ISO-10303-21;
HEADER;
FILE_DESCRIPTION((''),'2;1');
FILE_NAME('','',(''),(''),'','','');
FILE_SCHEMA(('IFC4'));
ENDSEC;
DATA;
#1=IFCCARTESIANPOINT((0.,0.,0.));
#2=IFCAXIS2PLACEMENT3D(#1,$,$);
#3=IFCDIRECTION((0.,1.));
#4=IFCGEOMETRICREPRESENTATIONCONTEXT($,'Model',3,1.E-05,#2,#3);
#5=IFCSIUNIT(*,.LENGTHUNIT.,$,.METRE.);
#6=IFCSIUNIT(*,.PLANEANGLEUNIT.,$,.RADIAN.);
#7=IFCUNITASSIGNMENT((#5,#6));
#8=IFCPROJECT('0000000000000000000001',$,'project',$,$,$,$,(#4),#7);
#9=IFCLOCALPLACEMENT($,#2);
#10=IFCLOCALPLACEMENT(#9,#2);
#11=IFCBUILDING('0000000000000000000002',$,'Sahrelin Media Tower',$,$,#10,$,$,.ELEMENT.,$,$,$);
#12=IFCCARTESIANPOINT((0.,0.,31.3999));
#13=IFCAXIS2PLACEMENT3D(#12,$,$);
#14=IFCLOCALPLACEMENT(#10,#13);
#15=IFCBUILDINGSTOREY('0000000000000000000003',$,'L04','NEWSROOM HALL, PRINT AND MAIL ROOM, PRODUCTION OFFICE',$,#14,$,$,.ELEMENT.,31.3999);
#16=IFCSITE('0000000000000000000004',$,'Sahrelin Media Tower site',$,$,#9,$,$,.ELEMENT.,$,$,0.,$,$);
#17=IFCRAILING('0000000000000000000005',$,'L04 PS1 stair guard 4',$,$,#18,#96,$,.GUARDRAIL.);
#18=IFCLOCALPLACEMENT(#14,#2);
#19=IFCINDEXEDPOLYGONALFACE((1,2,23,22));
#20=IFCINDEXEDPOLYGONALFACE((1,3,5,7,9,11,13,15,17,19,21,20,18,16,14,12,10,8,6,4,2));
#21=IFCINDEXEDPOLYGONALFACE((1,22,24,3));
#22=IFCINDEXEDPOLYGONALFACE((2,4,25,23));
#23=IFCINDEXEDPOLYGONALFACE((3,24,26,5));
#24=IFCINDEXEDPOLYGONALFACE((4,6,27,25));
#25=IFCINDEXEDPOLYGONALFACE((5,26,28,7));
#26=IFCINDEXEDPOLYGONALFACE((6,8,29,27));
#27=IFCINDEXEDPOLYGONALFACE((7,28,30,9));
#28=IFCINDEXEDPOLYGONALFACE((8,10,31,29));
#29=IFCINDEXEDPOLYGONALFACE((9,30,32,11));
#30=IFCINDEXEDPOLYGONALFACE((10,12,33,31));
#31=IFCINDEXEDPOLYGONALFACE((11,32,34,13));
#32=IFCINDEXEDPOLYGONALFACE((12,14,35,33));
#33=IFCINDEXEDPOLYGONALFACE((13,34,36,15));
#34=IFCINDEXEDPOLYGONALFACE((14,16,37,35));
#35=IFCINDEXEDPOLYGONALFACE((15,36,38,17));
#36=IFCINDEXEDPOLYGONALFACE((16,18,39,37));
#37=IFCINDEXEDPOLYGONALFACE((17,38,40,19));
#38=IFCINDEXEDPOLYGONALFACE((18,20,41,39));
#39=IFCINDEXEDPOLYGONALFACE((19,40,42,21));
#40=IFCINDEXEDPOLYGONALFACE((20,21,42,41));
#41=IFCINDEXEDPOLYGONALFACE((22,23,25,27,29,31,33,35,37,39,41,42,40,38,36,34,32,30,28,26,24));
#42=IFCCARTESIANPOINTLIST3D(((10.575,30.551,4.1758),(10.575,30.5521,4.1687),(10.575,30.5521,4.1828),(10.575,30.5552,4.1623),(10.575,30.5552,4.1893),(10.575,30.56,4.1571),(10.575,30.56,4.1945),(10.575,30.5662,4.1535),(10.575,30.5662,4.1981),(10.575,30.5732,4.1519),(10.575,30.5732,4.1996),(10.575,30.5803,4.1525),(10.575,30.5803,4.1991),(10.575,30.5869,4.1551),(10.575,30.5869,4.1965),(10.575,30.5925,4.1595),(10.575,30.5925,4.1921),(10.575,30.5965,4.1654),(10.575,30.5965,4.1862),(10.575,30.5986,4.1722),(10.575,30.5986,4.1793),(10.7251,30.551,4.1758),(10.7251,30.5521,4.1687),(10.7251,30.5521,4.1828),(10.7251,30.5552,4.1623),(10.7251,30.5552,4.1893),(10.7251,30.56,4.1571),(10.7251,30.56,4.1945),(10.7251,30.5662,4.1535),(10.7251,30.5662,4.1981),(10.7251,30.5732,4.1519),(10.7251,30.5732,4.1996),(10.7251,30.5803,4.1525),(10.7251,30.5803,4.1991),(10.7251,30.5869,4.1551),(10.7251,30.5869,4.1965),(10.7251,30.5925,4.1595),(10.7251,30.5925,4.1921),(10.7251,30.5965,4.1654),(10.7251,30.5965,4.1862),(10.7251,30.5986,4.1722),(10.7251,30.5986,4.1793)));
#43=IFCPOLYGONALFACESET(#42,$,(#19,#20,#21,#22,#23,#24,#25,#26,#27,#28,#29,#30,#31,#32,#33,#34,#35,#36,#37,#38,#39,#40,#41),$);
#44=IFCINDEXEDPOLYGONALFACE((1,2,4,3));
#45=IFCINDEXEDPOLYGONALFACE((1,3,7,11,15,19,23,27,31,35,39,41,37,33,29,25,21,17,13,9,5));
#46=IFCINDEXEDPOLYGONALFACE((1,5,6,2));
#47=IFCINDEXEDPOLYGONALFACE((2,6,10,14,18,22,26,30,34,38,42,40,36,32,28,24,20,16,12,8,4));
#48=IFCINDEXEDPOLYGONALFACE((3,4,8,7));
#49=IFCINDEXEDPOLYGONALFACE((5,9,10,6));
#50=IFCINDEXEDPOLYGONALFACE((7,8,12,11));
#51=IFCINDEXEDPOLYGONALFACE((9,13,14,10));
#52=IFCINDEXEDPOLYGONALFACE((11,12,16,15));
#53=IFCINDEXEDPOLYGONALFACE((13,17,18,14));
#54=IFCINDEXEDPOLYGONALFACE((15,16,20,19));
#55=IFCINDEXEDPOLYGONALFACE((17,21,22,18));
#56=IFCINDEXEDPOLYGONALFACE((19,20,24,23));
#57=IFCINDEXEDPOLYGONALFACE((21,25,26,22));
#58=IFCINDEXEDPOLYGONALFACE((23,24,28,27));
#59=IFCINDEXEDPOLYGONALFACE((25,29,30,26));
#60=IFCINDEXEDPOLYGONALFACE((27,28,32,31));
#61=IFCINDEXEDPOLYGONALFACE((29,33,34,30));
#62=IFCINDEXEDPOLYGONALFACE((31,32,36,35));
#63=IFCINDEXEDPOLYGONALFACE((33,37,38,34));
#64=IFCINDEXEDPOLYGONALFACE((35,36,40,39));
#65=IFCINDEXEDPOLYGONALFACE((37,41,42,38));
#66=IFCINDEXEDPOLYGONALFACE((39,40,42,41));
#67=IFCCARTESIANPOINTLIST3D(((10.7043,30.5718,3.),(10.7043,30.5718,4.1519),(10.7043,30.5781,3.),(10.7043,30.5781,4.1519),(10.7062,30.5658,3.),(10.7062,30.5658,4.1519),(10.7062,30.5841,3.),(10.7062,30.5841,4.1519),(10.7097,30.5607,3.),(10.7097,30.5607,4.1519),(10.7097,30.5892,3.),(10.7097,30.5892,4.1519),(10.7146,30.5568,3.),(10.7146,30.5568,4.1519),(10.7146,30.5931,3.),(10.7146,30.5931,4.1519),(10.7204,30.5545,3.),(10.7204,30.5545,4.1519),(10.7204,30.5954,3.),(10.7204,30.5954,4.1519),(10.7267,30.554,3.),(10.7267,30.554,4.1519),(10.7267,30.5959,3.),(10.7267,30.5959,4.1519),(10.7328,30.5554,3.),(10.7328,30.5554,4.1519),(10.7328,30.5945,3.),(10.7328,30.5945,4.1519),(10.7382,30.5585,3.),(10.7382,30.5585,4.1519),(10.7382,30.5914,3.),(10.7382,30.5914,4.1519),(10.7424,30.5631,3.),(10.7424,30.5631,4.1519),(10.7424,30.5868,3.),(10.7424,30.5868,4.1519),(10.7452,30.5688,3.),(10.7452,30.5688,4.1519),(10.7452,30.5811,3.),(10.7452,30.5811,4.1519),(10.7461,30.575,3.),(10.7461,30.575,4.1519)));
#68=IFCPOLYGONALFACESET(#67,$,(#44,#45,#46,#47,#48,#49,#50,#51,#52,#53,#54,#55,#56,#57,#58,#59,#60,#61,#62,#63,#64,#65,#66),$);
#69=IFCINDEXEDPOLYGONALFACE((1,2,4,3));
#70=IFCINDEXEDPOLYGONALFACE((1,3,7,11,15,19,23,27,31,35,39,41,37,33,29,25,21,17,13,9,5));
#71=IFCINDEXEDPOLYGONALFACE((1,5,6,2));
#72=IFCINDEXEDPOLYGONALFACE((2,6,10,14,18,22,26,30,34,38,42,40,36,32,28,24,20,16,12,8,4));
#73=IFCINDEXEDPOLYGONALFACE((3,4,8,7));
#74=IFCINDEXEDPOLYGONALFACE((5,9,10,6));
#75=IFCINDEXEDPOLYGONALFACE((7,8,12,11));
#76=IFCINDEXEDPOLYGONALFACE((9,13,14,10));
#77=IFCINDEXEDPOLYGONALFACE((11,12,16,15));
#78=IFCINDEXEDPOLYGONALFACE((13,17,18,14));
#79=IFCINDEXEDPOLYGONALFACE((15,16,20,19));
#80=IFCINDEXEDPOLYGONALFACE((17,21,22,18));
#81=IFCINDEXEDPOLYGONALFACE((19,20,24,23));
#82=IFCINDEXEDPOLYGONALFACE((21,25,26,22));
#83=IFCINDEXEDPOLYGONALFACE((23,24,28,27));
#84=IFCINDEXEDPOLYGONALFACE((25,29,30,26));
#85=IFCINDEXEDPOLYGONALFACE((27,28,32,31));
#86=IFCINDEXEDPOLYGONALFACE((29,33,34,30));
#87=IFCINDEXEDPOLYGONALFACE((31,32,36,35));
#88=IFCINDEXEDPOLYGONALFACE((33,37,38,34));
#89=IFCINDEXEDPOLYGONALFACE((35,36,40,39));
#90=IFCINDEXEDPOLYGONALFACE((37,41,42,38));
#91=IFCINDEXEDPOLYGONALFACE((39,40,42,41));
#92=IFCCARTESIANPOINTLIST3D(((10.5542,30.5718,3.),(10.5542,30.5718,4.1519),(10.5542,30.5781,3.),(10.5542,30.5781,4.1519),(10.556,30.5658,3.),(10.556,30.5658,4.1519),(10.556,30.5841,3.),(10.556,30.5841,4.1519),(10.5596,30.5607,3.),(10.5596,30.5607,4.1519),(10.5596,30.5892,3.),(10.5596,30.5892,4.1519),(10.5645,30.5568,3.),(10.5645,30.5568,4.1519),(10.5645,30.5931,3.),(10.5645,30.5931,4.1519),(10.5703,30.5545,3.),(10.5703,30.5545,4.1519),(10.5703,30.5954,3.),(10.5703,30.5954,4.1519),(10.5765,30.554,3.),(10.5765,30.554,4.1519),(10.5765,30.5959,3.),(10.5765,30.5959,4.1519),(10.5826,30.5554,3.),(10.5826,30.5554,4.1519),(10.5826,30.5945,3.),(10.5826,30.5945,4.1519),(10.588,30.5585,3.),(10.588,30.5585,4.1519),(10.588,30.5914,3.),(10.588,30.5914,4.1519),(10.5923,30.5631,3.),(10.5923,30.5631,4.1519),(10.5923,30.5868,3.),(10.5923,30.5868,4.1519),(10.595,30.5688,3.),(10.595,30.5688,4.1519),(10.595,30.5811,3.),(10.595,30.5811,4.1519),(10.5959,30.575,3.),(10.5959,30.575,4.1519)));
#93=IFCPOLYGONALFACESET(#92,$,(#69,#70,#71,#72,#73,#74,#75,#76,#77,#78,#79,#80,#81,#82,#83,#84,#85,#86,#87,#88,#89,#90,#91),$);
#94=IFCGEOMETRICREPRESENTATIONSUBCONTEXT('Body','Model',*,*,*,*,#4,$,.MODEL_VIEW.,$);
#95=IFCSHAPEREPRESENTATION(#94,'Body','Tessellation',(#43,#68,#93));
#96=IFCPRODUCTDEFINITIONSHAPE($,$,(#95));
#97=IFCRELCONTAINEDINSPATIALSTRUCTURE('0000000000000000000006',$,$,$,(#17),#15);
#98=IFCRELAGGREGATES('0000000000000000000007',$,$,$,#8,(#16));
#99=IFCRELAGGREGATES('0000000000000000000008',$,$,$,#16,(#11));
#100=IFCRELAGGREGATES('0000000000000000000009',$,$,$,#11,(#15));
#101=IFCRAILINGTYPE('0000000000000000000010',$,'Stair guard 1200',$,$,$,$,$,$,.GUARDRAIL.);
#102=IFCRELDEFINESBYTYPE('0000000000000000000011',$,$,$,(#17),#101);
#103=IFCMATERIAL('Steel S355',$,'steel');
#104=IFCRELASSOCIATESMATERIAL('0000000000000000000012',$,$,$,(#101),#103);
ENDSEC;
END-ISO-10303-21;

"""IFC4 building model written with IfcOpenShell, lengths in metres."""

from ifc_helpers import new_model, si_unit, direction, frame, origin, origin_2d, place, context, subcontext, project, spatial, circle, extrude, material, type_object, element, save


model = new_model("IFC4")

# Units and contexts
model_context = context("Model", 3, precision=1e-05, world=origin(), true_north=direction((0.0, 1.0)))
body_context = subcontext(model_context, "Body", "Model", "MODEL_VIEW")
ifc_project = project(units=[si_unit("LENGTHUNIT", "METRE"), si_unit("PLANEANGLEUNIT", "RADIAN")], contexts=[model_context])

# Site, building, storey
site_placement = place(None, origin())
site = spatial("IfcSite", under=ifc_project, at=site_placement, Name="Sahrelin Media Tower site", CompositionType="ELEMENT", RefElevation=0.0)
building_placement = place(site_placement, origin())
building = spatial("IfcBuilding", under=site, at=building_placement, Name="Sahrelin Media Tower", CompositionType="ELEMENT")
storey_placement = place(building_placement, frame((0.0, 0.0, 31.3999)))
storey = spatial("IfcBuildingStorey", under=building, at=storey_placement, Name="L04", Description="NEWSROOM HALL, PRINT AND MAIL ROOM, PRODUCTION OFFICE", CompositionType="ELEMENT", Elevation=31.3999)

# Shared definitions
ifc_material_1 = material(Name="Steel S355", Category="steel")

# Railing
railing_type_1 = type_object("IfcRailingType", Name="Stair guard 1200", PredefinedType="GUARDRAIL", material=ifc_material_1)
railing_1_placement = place(storey_placement, frame((10.7251, 30.575, 3.0)))
element("IfcRailing", 1, at=railing_1_placement, inside=storey, type_object=railing_type_1, Name="L04 PS1 stair guard 4", PredefinedType="GUARDRAIL", context=body_context, shape_type="SweptSolid", body=[
    extrude(circle(Radius=0.0239, at=origin_2d()), frame((0.0, 0.0, 1.1758), z_axis=(-1.0, 0.0, 0.0), x_axis=(0.0, -1.0, 0.0)), (0.0, 0.0, 1.0), 0.1501),
    extrude(circle(Radius=0.021, at=origin_2d()), origin(), (0.0, 0.0, 1.0), 1.1519),
    extrude(circle(Radius=0.021, at=origin_2d()), frame((-0.1501, 0.0, 0.0)), (0.0, 0.0, 1.0), 1.1519),
])

save(model, "model.ifc")
